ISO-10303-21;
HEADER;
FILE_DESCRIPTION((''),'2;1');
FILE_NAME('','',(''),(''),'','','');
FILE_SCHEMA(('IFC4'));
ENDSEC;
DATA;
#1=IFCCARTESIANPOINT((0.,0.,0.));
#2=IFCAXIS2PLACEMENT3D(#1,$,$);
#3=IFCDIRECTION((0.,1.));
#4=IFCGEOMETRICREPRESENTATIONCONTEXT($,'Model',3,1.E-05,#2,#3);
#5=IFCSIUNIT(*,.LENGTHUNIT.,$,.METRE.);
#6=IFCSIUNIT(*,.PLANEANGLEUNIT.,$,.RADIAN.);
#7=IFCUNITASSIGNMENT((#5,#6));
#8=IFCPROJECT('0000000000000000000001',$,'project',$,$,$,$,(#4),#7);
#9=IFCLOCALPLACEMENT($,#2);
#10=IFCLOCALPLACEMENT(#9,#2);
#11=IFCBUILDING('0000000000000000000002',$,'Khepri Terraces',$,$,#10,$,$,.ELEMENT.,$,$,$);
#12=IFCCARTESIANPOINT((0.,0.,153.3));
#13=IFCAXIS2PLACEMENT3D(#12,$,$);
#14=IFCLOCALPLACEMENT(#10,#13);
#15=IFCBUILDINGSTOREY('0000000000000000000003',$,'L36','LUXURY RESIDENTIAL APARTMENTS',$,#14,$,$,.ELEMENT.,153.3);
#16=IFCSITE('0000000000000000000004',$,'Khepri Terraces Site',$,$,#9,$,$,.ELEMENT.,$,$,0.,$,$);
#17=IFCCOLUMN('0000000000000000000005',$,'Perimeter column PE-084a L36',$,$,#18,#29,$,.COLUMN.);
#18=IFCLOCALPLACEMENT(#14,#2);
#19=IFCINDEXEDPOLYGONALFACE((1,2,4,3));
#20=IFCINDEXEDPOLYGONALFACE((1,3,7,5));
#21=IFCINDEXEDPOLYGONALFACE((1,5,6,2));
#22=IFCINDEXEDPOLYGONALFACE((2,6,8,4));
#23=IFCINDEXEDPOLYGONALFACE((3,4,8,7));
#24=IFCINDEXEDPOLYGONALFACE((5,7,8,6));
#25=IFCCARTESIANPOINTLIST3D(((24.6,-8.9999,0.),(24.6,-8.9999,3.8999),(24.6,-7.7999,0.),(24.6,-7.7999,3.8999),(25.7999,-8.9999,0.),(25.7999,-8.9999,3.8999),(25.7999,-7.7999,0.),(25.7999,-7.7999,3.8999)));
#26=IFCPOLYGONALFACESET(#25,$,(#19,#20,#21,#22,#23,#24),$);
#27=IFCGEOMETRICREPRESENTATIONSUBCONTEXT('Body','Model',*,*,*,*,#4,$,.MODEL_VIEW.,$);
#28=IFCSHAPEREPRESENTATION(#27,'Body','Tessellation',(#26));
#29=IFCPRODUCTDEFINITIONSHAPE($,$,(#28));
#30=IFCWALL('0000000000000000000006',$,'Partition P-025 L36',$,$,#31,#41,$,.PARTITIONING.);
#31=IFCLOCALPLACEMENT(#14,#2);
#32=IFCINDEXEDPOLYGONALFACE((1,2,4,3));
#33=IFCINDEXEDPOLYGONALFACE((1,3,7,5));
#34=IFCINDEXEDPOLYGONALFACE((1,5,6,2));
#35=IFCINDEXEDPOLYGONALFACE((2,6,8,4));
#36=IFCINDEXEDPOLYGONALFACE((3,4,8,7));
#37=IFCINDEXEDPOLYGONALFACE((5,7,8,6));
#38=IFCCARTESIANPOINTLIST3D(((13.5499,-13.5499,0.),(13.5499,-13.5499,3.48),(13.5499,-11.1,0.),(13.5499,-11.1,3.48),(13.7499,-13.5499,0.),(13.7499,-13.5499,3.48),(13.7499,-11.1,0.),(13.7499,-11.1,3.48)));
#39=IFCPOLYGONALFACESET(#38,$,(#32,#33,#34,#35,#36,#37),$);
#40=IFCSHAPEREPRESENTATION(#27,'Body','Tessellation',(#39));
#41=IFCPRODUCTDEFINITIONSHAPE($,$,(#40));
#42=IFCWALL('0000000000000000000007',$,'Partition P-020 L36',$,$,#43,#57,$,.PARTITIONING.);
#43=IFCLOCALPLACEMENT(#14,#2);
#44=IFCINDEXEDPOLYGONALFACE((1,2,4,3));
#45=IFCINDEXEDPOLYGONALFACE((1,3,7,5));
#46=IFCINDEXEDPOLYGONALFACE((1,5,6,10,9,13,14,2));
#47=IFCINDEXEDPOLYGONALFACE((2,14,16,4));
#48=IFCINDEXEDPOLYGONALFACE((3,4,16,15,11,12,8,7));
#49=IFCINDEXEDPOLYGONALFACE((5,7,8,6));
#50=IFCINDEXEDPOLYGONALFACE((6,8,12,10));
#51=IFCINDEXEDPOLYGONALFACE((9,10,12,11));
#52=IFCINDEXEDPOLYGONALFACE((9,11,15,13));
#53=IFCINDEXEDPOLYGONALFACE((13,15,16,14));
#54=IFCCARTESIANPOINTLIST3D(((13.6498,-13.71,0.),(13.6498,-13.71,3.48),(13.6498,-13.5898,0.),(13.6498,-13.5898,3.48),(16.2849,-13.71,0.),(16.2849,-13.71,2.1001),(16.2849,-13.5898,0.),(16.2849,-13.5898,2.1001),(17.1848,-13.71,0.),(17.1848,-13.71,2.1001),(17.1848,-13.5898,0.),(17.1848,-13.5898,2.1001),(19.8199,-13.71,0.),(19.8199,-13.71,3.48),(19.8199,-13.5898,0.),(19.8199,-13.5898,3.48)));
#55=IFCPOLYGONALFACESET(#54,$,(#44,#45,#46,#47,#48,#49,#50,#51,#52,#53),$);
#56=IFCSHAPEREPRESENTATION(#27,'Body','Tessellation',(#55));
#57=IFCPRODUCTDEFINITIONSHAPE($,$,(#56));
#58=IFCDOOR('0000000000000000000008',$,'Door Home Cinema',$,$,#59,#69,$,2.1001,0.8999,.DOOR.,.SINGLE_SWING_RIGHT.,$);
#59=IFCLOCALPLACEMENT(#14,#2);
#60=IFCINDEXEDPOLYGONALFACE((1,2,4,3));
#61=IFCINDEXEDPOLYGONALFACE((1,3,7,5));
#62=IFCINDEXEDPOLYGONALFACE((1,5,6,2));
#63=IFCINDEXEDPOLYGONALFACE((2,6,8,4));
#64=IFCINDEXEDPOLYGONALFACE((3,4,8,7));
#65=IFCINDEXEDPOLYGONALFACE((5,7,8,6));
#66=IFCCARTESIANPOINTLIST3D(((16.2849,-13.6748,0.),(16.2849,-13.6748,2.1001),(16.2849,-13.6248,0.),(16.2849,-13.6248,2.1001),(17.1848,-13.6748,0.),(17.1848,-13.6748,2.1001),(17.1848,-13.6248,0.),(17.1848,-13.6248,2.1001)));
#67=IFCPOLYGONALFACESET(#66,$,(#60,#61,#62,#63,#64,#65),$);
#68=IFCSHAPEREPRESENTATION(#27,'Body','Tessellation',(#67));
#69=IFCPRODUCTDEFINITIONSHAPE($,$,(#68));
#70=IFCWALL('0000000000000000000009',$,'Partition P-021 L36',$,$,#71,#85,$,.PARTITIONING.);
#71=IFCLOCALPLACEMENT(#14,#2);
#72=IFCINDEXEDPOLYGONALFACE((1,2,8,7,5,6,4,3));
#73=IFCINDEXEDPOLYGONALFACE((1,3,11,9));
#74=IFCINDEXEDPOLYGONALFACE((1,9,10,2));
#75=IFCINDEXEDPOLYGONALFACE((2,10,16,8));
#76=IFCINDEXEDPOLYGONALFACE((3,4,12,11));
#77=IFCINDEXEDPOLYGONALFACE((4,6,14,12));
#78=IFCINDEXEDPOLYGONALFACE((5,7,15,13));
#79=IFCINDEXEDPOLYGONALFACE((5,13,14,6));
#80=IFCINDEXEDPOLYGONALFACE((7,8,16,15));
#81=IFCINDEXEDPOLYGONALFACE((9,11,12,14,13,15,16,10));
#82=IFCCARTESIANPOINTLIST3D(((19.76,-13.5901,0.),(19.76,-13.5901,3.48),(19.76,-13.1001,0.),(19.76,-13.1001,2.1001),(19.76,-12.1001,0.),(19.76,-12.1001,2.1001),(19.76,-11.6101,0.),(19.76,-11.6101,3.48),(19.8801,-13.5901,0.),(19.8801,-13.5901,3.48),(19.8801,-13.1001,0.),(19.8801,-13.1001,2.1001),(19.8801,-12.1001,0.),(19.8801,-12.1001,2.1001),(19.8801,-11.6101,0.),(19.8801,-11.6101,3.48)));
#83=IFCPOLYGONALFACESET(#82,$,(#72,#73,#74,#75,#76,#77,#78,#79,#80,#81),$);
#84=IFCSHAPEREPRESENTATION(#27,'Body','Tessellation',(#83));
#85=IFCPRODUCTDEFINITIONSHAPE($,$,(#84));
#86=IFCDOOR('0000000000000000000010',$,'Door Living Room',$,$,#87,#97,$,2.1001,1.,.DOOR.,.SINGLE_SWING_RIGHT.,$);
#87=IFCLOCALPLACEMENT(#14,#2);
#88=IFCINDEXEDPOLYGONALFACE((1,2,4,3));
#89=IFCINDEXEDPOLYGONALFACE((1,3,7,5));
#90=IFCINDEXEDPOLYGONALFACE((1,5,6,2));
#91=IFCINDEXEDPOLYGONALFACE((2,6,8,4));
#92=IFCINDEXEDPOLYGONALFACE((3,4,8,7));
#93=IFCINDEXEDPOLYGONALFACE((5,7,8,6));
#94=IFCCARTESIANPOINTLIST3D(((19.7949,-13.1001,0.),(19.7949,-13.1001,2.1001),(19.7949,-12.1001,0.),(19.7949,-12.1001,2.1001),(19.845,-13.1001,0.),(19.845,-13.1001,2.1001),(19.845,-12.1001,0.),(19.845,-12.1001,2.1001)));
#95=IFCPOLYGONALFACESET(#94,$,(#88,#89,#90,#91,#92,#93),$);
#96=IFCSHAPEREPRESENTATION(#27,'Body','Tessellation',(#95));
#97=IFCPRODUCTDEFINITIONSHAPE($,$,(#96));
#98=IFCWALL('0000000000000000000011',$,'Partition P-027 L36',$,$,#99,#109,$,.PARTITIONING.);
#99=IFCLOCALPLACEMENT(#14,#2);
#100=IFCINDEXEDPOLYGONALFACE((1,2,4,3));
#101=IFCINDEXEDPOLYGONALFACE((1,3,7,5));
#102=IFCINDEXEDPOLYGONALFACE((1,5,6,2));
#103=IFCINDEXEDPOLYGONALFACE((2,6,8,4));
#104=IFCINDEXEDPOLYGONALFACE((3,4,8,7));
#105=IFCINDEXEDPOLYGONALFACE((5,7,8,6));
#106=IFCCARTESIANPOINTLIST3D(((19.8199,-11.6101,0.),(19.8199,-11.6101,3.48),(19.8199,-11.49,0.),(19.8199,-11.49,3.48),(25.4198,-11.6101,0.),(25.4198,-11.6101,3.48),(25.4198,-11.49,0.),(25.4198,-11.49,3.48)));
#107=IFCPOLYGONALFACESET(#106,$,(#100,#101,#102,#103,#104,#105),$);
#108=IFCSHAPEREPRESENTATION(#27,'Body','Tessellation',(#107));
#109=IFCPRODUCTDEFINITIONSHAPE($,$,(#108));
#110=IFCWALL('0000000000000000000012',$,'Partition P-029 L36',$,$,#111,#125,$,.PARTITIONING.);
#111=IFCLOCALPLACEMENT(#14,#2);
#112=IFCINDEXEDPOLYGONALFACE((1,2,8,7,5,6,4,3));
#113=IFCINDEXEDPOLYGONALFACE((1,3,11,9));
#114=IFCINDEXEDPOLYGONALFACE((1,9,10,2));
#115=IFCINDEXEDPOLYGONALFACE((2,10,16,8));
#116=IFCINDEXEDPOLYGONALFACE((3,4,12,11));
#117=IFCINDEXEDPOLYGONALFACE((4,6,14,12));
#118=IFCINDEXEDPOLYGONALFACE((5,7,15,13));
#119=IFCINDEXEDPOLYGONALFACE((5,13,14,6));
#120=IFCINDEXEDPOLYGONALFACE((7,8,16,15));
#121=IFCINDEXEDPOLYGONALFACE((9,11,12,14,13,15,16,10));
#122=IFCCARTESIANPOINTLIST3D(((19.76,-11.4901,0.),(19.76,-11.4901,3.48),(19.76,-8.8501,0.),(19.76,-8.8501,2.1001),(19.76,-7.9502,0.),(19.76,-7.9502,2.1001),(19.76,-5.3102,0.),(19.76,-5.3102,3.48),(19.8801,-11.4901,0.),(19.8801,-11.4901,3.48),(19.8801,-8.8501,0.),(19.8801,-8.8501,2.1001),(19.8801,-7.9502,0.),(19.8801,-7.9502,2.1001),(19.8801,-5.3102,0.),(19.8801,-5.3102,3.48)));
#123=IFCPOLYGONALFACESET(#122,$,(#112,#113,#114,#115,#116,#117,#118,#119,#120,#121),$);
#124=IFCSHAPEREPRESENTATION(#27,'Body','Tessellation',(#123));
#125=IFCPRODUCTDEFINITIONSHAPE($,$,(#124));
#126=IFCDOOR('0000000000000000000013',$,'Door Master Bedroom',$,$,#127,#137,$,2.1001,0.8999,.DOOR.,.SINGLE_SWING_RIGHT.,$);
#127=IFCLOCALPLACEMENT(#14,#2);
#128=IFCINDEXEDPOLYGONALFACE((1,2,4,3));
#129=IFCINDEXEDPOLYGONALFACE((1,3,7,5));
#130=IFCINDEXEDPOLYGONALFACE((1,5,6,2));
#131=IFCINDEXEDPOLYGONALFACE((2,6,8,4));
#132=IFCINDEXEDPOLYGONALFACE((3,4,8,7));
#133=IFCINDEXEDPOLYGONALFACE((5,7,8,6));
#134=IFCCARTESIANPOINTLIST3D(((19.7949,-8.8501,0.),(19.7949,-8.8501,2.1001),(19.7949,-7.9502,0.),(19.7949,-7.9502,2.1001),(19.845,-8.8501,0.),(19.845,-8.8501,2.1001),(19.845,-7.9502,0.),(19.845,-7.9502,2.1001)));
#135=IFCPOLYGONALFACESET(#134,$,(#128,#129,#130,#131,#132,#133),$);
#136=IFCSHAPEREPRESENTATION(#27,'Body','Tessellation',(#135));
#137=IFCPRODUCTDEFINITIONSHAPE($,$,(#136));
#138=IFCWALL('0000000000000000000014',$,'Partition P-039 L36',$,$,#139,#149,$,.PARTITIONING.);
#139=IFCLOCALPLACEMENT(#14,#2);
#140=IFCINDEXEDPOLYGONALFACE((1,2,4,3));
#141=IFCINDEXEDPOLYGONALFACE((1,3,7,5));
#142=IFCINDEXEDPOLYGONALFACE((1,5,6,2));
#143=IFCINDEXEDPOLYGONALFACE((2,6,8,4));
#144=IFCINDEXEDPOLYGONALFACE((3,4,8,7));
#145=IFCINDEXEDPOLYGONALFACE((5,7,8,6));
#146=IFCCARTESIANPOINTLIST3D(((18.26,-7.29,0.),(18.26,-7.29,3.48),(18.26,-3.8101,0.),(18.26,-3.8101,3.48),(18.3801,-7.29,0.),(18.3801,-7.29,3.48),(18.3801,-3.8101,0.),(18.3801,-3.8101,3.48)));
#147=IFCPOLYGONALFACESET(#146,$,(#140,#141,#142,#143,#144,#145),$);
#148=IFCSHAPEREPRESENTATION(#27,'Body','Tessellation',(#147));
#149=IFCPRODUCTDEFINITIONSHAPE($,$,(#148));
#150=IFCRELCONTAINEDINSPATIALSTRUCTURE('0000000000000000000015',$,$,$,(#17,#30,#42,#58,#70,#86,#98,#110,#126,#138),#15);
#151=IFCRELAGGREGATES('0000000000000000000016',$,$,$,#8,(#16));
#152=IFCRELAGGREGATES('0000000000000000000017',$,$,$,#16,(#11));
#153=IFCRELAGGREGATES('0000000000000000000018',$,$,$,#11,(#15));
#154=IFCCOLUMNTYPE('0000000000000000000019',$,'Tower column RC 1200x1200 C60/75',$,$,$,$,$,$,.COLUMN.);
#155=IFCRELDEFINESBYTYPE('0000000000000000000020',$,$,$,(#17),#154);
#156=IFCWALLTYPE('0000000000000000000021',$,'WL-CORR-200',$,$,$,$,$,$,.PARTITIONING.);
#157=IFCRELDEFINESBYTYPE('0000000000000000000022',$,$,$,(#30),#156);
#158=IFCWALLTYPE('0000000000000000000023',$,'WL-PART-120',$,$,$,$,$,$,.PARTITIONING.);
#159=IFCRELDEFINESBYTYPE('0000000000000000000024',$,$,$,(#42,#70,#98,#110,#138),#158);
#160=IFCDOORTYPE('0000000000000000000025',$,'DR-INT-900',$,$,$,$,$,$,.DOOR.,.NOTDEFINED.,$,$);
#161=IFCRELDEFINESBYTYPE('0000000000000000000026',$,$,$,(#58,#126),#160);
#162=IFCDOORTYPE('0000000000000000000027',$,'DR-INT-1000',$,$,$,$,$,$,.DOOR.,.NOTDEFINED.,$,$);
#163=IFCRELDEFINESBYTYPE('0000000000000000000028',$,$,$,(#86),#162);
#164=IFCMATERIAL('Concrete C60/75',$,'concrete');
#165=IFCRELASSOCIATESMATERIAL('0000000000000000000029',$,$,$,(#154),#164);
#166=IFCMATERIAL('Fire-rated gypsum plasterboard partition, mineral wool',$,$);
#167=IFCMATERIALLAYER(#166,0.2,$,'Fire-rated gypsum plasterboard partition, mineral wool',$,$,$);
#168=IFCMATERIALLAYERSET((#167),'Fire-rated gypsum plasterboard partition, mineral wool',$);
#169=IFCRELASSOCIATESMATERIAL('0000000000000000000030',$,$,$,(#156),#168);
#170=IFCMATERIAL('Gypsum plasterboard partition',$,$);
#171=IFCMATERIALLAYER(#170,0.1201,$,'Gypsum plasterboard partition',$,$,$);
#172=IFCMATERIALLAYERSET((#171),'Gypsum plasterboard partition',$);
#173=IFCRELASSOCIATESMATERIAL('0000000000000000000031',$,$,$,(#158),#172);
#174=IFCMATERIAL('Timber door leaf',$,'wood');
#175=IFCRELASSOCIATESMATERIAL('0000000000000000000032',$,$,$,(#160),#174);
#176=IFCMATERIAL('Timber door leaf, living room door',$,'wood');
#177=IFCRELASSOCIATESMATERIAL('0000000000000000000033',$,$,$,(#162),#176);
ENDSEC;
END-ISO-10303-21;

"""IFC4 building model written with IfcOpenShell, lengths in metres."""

from ifc_helpers import new_model, si_unit, direction, frame, frame_2d, origin, origin_2d, place, context, subcontext, project, spatial, rectangle, extrude, material, layer, layer_set, material_profile, profile_set, type_object, element, fill, save


model = new_model("IFC4")

# Units and contexts
model_context = context("Model", 3, precision=1e-05, world=origin(), true_north=direction((0.0, 1.0)))
body_context = subcontext(model_context, "Body", "Model", "MODEL_VIEW")
ifc_project = project(units=[si_unit("LENGTHUNIT", "METRE"), si_unit("PLANEANGLEUNIT", "RADIAN")], contexts=[model_context])

# Site, building, storey
site_placement = place(None, origin())
site = spatial("IfcSite", under=ifc_project, at=site_placement, Name="Khepri Terraces Site", CompositionType="ELEMENT", RefElevation=0.0)
building_placement = place(site_placement, origin())
building = spatial("IfcBuilding", under=site, at=building_placement, Name="Khepri Terraces", CompositionType="ELEMENT")
storey_placement = place(building_placement, frame((0.0, 0.0, 153.3)))
storey = spatial("IfcBuildingStorey", under=building, at=storey_placement, Name="L36", Description="LUXURY RESIDENTIAL APARTMENTS", CompositionType="ELEMENT", Elevation=153.3)

# Column
ifc_material_1 = material(Name="Concrete C60/75", Category="concrete")
ifc_material_profile = material_profile(ifc_material_1, rectangle(XDim=1.2, YDim=1.2, at=origin_2d()), Name="Concrete C60/75", Category="concrete")
ifc_profile_set = profile_set([ifc_material_profile], Name="Concrete C60/75")
column_type = type_object("IfcColumnType", Name="Tower column RC 1200x1200 C60/75", PredefinedType="COLUMN", material=ifc_profile_set)
column_placement = place(storey_placement, frame((25.2, -8.3999, 0.0), z_axis=(0.0, 0.0, 1.0), x_axis=(1.0, 0.0, 0.0)))
element("IfcColumn", 1, at=column_placement, inside=storey, type_object=column_type, Name="Perimeter column PE-084a L36", PredefinedType="COLUMN", context=body_context, shape_type="SweptSolid", body=[
    extrude(rectangle(XDim=1.2, YDim=1.2, at=origin_2d()), origin(), (0.0, 0.0, 1.0), 3.8999),
])

# Wall
ifc_material_2 = material(Name="Fire-rated gypsum plasterboard partition, mineral wool")
ifc_layer_1 = layer(ifc_material_2, 0.2, Name="Fire-rated gypsum plasterboard partition, mineral wool")
ifc_layer_set_1 = layer_set([ifc_layer_1], Name="Fire-rated gypsum plasterboard partition, mineral wool")
wall_type_1 = type_object("IfcWallType", Name="WL-CORR-200", PredefinedType="PARTITIONING", material=ifc_layer_set_1)
wall_1_placement = place(storey_placement, frame((13.6499, -13.55, 0.0), z_axis=(0.0, 0.0, 1.0), x_axis=(0.0, 1.0, 0.0)))
element("IfcWall", 2, at=wall_1_placement, inside=storey, type_object=wall_type_1, Name="Partition P-025 L36", PredefinedType="PARTITIONING", context=body_context, shape_type="SweptSolid", body=[
    extrude(rectangle(XDim=2.45, YDim=0.2, at=frame_2d((1.2251, 0.0))), origin(), (0.0, 0.0, 1.0), 3.48),
])

# Walls, openings, doors
ifc_material_3 = material(Name="Gypsum plasterboard partition")
ifc_layer_2 = layer(ifc_material_3, 0.1201, Name="Gypsum plasterboard partition")
ifc_layer_set_2 = layer_set([ifc_layer_2], Name="Gypsum plasterboard partition")
wall_type_2 = type_object("IfcWallType", Name="WL-PART-120", PredefinedType="PARTITIONING", material=ifc_layer_set_2)
wall_2_placement = place(storey_placement, frame((13.6499, -13.6499, 0.0), z_axis=(0.0, 0.0, 1.0), x_axis=(1.0, 0.0, 0.0)))
wall_2 = element("IfcWall", 3, at=wall_2_placement, inside=storey, type_object=wall_type_2, Name="Partition P-020 L36", PredefinedType="PARTITIONING", context=body_context, shape_type="SweptSolid", body=[
    extrude(rectangle(XDim=6.1702, YDim=0.1201, at=frame_2d((3.085, 0.0))), origin(), (0.0, 0.0, 1.0), 3.48),
])
opening_1_placement = place(wall_2_placement, frame((2.635, 0.0, 0.0)))
opening_1 = element("IfcOpeningElement", 4, at=opening_1_placement, cuts=wall_2, PredefinedType="OPENING", context=body_context, shape_type="SweptSolid", body=[
    extrude(rectangle(XDim=0.8999, YDim=2.1001, at=frame_2d((0.45, 1.05))), frame((0.0, 0.0701, 0.0), z_axis=(0.0, -1.0, 0.0), x_axis=(1.0, 0.0, 0.0)), (0.0, 0.0, 1.0), 0.1401),
])
ifc_material_4 = material(Name="Timber door leaf", Category="wood")
door_type_1 = type_object("IfcDoorType", Name="DR-INT-900", OperationType="NOTDEFINED", PredefinedType="DOOR", material=ifc_material_4)
door_1_placement = place(opening_1_placement, frame((0.8999, 0.0, 0.0), z_axis=(0.0, 0.0, 1.0), x_axis=(-1.0, 0.0, 0.0)))
door_1 = element("IfcDoor", 5, at=door_1_placement, inside=storey, type_object=door_type_1, Name="Door Home Cinema", OperationType="SINGLE_SWING_RIGHT", OverallHeight=2.1001, OverallWidth=0.8999, PredefinedType="DOOR", context=body_context, shape_type="SweptSolid", body=[
    extrude(rectangle(XDim=0.8999, YDim=2.1001, at=frame_2d((0.45, 1.05))), frame((0.0, 0.0249, 0.0), z_axis=(0.0, -1.0, 0.0), x_axis=(1.0, 0.0, 0.0)), (0.0, 0.0, 1.0), 0.05),
])
fill(opening_1, door_1)
wall_3_placement = place(storey_placement, frame((19.8201, -13.5901, 0.0), z_axis=(0.0, 0.0, 1.0), x_axis=(0.0, 1.0, 0.0)))
wall_3 = element("IfcWall", 6, at=wall_3_placement, inside=storey, type_object=wall_type_2, Name="Partition P-021 L36", PredefinedType="PARTITIONING", context=body_context, shape_type="SweptSolid", body=[
    extrude(rectangle(XDim=1.98, YDim=0.1201, at=frame_2d((0.99, 0.0))), origin(), (0.0, 0.0, 1.0), 3.48),
])
opening_2_placement = place(wall_3_placement, frame((0.49, 0.0, 0.0)))
opening_2 = element("IfcOpeningElement", 7, at=opening_2_placement, cuts=wall_3, PredefinedType="OPENING", context=body_context, shape_type="SweptSolid", body=[
    extrude(rectangle(XDim=1.0, YDim=2.1001, at=frame_2d((0.5, 1.05))), frame((0.0, 0.0701, 0.0), z_axis=(0.0, -1.0, 0.0), x_axis=(1.0, 0.0, 0.0)), (0.0, 0.0, 1.0), 0.1401),
])
ifc_material_5 = material(Name="Timber door leaf, living room door", Category="wood")
door_type_2 = type_object("IfcDoorType", Name="DR-INT-1000", OperationType="NOTDEFINED", PredefinedType="DOOR", material=ifc_material_5)
door_2_placement = place(opening_2_placement, frame((1.0, 0.0, 0.0), z_axis=(0.0, 0.0, 1.0), x_axis=(-1.0, 0.0, 0.0)))
door_2 = element("IfcDoor", 8, at=door_2_placement, inside=storey, type_object=door_type_2, Name="Door Living Room", OperationType="SINGLE_SWING_RIGHT", OverallHeight=2.1001, OverallWidth=1.0, PredefinedType="DOOR", context=body_context, shape_type="SweptSolid", body=[
    extrude(rectangle(XDim=1.0, YDim=2.1001, at=frame_2d((0.5, 1.05))), frame((0.0, 0.0249, 0.0), z_axis=(0.0, -1.0, 0.0), x_axis=(1.0, 0.0, 0.0)), (0.0, 0.0, 1.0), 0.05),
])
fill(opening_2, door_2)

# Wall
wall_4_placement = place(storey_placement, frame((19.8201, -11.55, 0.0), z_axis=(0.0, 0.0, 1.0), x_axis=(1.0, 0.0, 0.0)))
element("IfcWall", 9, at=wall_4_placement, inside=storey, type_object=wall_type_2, Name="Partition P-027 L36", PredefinedType="PARTITIONING", context=body_context, shape_type="SweptSolid", body=[
    extrude(rectangle(XDim=5.5999, YDim=0.1201, at=frame_2d((2.7998, 0.0))), origin(), (0.0, 0.0, 1.0), 3.48),
])

# Wall, opening, door
wall_5_placement = place(storey_placement, frame((19.8201, -11.49, 0.0), z_axis=(0.0, 0.0, 1.0), x_axis=(0.0, 1.0, 0.0)))
wall_5 = element("IfcWall", 10, at=wall_5_placement, inside=storey, type_object=wall_type_2, Name="Partition P-029 L36", PredefinedType="PARTITIONING", context=body_context, shape_type="SweptSolid", body=[
    extrude(rectangle(XDim=6.1799, YDim=0.1201, at=frame_2d((3.0898, 0.0))), origin(), (0.0, 0.0, 1.0), 3.48),
])
opening_3_placement = place(wall_5_placement, frame((2.6399, 0.0, 0.0)))
opening_3 = element("IfcOpeningElement", 11, at=opening_3_placement, cuts=wall_5, PredefinedType="OPENING", context=body_context, shape_type="SweptSolid", body=[
    extrude(rectangle(XDim=0.8999, YDim=2.1001, at=frame_2d((0.45, 1.05))), frame((0.0, 0.0701, 0.0), z_axis=(0.0, -1.0, 0.0), x_axis=(1.0, 0.0, 0.0)), (0.0, 0.0, 1.0), 0.1401),
])
door_3_placement = place(opening_3_placement, frame((0.8999, 0.0, 0.0), z_axis=(0.0, 0.0, 1.0), x_axis=(-1.0, 0.0, 0.0)))
door_3 = element("IfcDoor", 12, at=door_3_placement, inside=storey, type_object=door_type_1, Name="Door Master Bedroom", OperationType="SINGLE_SWING_RIGHT", OverallHeight=2.1001, OverallWidth=0.8999, PredefinedType="DOOR", context=body_context, shape_type="SweptSolid", body=[
    extrude(rectangle(XDim=0.8999, YDim=2.1001, at=frame_2d((0.45, 1.05))), frame((0.0, 0.0249, 0.0), z_axis=(0.0, -1.0, 0.0), x_axis=(1.0, 0.0, 0.0)), (0.0, 0.0, 1.0), 0.05),
])
fill(opening_3, door_3)

# Wall
wall_6_placement = place(storey_placement, frame((18.3201, -7.29, 0.0), z_axis=(0.0, 0.0, 1.0), x_axis=(0.0, 1.0, 0.0)))
element("IfcWall", 13, at=wall_6_placement, inside=storey, type_object=wall_type_2, Name="Partition P-039 L36", PredefinedType="PARTITIONING", context=body_context, shape_type="SweptSolid", body=[
    extrude(rectangle(XDim=3.48, YDim=0.1201, at=frame_2d((1.74, 0.0))), origin(), (0.0, 0.0, 1.0), 3.48),
])

save(model, "model.ifc")
